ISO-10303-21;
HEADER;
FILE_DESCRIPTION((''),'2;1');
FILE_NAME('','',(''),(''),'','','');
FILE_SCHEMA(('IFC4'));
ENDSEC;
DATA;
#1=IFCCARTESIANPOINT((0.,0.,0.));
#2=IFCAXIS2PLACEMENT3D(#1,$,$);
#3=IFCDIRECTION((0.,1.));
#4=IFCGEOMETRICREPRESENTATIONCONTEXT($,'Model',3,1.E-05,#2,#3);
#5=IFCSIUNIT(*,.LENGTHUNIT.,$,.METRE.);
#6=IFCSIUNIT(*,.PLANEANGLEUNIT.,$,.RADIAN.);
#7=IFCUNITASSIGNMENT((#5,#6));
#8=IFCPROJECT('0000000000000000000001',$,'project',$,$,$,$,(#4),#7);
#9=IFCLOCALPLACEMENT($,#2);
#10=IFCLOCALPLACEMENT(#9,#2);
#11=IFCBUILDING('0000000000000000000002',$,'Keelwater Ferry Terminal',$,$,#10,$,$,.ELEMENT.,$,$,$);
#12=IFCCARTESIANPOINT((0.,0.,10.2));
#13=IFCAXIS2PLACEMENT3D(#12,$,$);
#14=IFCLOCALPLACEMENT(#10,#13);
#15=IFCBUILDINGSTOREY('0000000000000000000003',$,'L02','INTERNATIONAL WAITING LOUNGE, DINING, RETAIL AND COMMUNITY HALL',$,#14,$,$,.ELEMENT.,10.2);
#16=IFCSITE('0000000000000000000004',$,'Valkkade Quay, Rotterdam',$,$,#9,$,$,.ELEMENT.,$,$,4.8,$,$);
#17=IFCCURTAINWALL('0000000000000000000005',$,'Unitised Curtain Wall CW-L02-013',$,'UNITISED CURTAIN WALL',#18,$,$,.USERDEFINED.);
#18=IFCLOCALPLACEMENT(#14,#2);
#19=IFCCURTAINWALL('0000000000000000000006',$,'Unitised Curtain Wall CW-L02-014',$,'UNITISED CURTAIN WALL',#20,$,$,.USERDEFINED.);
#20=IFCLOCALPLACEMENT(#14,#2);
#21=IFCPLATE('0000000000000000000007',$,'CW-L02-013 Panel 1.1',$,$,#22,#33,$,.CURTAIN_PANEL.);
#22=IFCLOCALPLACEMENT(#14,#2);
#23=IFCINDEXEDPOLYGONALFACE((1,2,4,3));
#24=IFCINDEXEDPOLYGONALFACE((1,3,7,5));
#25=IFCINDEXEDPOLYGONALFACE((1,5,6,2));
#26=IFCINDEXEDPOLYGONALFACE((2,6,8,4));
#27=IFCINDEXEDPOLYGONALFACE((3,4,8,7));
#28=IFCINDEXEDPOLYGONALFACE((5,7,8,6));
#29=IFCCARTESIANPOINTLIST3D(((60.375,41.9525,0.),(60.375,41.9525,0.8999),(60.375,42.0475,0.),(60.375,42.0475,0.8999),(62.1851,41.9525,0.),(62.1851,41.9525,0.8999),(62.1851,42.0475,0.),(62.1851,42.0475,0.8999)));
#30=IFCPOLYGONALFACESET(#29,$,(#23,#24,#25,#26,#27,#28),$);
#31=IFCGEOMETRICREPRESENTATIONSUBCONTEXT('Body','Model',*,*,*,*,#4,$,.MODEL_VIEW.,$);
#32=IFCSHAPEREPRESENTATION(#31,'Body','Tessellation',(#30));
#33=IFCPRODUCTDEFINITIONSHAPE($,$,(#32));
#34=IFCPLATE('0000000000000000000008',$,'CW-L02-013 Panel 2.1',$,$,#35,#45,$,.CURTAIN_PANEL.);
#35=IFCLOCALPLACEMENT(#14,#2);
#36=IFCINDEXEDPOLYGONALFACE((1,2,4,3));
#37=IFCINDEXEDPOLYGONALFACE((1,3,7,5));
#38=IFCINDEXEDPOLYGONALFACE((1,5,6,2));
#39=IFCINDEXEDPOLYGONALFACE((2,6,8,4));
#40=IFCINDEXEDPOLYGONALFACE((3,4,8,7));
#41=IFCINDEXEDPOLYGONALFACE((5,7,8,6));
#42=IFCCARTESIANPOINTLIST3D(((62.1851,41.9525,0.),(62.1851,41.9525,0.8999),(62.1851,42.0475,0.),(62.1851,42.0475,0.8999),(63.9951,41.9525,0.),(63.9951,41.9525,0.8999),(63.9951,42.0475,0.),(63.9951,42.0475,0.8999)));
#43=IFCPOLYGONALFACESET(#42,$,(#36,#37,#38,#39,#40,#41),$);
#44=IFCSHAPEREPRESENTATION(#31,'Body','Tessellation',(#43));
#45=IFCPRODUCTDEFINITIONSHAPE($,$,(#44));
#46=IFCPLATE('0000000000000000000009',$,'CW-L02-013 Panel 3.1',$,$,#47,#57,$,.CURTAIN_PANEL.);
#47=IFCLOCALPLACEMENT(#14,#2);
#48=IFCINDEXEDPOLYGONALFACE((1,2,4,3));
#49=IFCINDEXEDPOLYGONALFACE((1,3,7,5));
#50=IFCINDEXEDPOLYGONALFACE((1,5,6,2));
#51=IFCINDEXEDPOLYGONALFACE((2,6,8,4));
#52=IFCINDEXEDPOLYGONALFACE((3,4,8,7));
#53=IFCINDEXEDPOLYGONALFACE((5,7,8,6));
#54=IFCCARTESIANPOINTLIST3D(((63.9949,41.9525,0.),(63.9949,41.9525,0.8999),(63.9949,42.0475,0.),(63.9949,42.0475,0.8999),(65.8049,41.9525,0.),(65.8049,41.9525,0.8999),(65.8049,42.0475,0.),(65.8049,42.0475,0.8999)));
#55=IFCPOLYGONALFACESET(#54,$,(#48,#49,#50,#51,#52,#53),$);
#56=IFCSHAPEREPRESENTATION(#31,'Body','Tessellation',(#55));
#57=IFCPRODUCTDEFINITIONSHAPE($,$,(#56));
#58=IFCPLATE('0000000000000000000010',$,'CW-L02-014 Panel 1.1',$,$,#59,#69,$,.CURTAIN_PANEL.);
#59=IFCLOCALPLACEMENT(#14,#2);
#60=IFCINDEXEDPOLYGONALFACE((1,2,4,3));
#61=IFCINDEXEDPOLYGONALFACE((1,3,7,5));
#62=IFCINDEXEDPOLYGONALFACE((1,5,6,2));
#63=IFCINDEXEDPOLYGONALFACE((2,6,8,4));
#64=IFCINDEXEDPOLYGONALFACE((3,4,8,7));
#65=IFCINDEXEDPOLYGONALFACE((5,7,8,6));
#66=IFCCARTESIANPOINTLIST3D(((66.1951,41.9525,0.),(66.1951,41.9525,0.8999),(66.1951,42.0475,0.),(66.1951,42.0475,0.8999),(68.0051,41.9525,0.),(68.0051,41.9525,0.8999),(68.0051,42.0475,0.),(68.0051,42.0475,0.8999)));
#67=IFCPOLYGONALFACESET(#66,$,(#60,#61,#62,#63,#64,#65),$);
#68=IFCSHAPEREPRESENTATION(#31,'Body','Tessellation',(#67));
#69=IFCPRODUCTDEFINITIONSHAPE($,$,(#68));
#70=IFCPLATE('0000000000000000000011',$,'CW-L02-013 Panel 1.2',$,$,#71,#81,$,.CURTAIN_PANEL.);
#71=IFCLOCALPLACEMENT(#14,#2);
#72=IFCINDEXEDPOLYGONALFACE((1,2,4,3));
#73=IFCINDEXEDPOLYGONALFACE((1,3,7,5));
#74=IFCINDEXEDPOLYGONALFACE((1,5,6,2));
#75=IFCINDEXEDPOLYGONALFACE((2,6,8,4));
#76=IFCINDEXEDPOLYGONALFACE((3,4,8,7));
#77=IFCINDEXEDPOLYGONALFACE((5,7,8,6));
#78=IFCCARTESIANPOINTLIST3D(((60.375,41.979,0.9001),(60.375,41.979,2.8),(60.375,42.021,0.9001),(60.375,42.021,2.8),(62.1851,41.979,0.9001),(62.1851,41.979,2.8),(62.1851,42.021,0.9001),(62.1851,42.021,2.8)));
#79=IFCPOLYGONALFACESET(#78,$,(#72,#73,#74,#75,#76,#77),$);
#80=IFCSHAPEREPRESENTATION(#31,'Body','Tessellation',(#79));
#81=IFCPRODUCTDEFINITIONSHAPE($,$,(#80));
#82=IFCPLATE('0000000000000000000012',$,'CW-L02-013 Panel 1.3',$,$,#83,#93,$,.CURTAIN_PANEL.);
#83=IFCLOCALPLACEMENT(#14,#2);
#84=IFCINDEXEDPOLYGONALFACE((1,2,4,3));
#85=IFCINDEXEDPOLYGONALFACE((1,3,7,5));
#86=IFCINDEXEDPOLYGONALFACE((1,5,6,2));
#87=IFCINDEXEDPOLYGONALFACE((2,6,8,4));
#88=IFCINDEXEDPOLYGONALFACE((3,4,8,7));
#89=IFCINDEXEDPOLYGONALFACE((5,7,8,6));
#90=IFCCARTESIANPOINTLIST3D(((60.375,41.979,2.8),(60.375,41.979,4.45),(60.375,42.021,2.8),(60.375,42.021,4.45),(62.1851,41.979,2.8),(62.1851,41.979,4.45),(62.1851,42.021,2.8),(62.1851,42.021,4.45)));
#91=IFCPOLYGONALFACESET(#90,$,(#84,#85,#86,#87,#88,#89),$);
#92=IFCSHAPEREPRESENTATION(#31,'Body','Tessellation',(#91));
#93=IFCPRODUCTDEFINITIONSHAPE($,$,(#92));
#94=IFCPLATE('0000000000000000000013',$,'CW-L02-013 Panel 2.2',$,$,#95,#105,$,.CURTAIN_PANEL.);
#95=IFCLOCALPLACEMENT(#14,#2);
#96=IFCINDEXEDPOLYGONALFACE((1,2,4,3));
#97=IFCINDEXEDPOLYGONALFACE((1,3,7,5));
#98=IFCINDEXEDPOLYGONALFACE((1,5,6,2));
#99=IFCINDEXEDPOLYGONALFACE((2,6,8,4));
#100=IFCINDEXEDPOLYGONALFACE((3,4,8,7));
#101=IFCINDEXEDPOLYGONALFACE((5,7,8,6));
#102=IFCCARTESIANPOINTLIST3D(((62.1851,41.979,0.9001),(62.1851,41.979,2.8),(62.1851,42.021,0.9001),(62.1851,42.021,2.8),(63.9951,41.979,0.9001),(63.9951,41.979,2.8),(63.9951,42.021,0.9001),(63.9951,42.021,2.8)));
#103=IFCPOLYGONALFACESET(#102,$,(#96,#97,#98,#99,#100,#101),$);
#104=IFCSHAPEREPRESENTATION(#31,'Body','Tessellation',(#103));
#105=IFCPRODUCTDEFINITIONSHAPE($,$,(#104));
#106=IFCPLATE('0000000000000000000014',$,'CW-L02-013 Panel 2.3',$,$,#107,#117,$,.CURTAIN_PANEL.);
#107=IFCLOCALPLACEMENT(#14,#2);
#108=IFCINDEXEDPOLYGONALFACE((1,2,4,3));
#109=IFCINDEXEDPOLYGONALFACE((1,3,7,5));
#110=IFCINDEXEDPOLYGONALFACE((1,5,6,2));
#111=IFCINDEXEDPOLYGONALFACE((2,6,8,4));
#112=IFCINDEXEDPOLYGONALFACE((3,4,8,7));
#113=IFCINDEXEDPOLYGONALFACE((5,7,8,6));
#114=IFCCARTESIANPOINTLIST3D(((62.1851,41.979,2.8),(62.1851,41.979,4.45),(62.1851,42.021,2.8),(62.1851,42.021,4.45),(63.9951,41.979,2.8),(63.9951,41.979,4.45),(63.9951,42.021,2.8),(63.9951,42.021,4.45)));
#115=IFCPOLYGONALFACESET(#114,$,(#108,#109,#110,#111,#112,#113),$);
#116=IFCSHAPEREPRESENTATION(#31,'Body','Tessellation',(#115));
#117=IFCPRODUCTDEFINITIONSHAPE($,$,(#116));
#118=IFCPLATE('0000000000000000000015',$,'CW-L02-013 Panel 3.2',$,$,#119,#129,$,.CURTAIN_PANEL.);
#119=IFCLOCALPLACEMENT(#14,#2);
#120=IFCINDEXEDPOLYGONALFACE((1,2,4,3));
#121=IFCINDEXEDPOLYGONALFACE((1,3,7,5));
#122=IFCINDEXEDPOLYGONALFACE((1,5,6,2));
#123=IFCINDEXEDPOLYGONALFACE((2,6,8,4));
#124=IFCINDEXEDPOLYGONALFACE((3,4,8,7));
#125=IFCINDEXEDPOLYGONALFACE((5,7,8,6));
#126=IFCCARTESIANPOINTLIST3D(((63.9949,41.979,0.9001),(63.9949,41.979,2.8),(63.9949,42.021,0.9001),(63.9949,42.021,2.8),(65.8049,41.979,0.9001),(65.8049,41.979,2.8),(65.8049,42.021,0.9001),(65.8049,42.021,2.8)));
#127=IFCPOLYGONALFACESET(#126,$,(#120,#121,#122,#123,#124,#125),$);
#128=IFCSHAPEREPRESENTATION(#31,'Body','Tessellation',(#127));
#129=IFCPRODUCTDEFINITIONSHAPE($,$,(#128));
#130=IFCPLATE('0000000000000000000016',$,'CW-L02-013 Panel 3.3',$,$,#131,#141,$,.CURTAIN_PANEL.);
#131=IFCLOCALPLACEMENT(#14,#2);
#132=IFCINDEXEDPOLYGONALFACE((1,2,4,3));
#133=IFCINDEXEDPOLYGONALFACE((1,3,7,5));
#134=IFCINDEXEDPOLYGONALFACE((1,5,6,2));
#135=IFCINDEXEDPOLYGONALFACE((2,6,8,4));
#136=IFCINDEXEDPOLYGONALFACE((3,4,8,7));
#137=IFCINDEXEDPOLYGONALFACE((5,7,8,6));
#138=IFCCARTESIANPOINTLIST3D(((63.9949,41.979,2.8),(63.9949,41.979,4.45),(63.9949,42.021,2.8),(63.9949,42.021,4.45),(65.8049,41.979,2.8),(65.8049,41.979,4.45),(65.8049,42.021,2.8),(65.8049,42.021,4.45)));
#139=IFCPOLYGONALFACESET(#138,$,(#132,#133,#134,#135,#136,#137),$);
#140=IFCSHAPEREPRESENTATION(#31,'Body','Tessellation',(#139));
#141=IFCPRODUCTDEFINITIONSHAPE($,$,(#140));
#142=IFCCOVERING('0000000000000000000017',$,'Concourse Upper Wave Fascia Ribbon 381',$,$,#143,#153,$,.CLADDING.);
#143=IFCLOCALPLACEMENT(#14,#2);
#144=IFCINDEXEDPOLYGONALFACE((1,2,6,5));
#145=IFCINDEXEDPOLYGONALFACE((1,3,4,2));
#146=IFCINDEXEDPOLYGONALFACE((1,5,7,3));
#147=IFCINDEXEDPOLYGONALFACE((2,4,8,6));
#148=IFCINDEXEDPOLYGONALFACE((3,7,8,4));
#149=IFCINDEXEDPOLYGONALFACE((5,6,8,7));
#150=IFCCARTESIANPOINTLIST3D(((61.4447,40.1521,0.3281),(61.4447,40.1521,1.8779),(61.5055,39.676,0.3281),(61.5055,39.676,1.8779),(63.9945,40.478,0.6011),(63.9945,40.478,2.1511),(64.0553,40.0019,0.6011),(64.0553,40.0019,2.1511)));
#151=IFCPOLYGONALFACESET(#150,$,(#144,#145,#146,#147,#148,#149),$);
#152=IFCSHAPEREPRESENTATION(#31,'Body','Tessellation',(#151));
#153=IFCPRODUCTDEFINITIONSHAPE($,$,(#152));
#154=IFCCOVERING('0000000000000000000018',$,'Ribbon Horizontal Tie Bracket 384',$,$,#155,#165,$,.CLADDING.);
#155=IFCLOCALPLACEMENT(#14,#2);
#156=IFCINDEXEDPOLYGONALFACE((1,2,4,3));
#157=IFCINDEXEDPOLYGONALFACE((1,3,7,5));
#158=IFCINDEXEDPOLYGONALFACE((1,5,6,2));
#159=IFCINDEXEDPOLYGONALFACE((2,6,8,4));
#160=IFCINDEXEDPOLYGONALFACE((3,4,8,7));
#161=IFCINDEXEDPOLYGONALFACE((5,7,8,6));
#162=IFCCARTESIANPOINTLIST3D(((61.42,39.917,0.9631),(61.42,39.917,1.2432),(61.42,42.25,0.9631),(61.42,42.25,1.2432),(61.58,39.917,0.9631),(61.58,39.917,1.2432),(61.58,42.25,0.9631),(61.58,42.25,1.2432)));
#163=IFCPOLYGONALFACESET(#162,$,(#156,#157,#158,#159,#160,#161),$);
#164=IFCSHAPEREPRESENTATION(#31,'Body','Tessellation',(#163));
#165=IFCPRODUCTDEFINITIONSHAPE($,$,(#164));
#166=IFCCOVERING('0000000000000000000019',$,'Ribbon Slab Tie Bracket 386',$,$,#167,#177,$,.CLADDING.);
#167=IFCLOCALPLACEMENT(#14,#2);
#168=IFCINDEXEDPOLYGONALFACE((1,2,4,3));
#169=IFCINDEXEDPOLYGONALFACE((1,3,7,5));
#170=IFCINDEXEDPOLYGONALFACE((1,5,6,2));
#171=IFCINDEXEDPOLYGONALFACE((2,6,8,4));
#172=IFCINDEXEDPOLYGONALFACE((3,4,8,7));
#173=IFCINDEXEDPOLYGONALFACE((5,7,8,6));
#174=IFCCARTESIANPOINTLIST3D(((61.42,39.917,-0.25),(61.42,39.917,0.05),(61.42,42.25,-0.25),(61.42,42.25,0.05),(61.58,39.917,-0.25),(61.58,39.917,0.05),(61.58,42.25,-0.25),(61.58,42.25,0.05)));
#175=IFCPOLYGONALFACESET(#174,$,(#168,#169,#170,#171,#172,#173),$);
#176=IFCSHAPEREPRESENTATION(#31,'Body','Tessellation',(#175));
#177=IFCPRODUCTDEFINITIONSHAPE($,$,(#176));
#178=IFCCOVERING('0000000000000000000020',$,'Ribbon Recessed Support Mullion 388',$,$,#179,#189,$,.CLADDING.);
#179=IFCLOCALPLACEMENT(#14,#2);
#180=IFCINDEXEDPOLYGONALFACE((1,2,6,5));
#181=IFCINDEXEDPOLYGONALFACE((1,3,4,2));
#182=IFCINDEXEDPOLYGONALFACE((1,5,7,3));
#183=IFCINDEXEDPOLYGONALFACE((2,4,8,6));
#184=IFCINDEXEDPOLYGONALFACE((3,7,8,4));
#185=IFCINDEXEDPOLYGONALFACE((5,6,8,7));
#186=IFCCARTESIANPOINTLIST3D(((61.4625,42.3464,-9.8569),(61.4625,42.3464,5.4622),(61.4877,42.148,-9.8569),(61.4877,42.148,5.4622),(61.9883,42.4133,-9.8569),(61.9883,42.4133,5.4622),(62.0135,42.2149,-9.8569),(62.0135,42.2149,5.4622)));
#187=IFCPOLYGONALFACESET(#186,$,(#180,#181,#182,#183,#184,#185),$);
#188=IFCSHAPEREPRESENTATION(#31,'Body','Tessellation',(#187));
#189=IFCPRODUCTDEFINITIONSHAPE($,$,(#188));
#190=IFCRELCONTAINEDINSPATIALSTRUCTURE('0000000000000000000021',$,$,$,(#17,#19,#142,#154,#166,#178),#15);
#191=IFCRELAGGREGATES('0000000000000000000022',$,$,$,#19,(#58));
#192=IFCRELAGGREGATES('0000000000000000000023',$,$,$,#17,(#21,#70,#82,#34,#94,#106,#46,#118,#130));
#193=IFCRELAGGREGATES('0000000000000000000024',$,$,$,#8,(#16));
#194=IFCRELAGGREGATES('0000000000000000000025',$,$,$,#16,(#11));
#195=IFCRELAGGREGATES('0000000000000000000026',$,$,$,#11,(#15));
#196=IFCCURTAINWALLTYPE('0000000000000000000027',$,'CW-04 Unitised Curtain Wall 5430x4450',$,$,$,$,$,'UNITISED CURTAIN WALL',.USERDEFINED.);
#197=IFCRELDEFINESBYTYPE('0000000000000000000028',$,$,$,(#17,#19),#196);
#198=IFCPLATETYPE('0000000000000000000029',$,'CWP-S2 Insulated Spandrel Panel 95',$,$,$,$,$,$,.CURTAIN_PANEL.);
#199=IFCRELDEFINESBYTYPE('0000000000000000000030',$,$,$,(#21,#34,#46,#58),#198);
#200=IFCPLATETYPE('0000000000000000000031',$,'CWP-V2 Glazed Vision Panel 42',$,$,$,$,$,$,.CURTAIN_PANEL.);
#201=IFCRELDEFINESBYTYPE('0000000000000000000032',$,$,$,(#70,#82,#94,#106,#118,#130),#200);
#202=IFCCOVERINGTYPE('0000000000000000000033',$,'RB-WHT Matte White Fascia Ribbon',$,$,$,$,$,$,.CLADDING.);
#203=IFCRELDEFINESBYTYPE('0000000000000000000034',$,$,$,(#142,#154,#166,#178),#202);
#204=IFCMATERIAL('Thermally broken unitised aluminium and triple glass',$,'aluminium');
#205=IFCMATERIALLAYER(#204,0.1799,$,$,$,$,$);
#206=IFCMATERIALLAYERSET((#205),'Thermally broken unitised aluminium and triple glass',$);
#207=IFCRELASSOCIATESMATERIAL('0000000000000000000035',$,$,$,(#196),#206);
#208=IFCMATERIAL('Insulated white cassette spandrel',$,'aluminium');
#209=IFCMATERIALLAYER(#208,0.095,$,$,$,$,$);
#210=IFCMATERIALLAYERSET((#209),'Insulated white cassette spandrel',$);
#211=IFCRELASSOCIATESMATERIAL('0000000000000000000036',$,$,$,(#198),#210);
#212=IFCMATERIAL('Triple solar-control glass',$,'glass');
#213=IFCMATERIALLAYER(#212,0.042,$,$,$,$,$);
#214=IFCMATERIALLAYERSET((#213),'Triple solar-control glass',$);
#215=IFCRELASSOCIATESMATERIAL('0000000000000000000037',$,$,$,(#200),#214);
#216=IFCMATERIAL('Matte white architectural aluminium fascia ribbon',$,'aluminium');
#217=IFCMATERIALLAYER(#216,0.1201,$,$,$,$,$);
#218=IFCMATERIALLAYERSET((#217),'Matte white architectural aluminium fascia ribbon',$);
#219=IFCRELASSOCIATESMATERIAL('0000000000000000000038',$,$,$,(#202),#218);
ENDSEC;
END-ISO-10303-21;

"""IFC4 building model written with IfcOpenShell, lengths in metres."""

from ifc_helpers import new_model, si_unit, direction, frame, frame_2d, origin, origin_2d, place, context, subcontext, project, spatial, polyline, rectangle, outline, extrude, material, layer, layer_set, type_object, element, aggregate, save


model = new_model("IFC4")

# Units and contexts
model_context = context("Model", 3, precision=1e-05, world=origin(), true_north=direction((0.0, 1.0)))
body_context = subcontext(model_context, "Body", "Model", "MODEL_VIEW")
ifc_project = project(units=[si_unit("LENGTHUNIT", "METRE"), si_unit("PLANEANGLEUNIT", "RADIAN")], contexts=[model_context])

# Site, building, storey
site_placement = place(None, origin())
site = spatial("IfcSite", under=ifc_project, at=site_placement, Name="Valkkade Quay, Rotterdam", CompositionType="ELEMENT", RefElevation=4.8)
building_placement = place(site_placement, origin())
building = spatial("IfcBuilding", under=site, at=building_placement, Name="Keelwater Ferry Terminal", CompositionType="ELEMENT")
storey_placement = place(building_placement, frame((0.0, 0.0, 10.2)))
storey = spatial("IfcBuildingStorey", under=building, at=storey_placement, Name="L02", Description="INTERNATIONAL WAITING LOUNGE, DINING, RETAIL AND COMMUNITY HALL", CompositionType="ELEMENT", Elevation=10.2)

# Curtain wall
ifc_material_1 = material(Name="Thermally broken unitised aluminium and triple glass", Category="aluminium")
ifc_layer_1 = layer(ifc_material_1, 0.1799)
ifc_layer_set_1 = layer_set([ifc_layer_1], Name="Thermally broken unitised aluminium and triple glass")
curtain_wall_type = type_object("IfcCurtainWallType", Name="CW-04 Unitised Curtain Wall 5430x4450", ElementType="UNITISED CURTAIN WALL", PredefinedType="USERDEFINED", material=ifc_layer_set_1)
curtain_wall_1_placement = place(storey_placement, origin())
curtain_wall_1 = element("IfcCurtainWall", 1, at=curtain_wall_1_placement, inside=storey, type_object=curtain_wall_type, Name="Unitised Curtain Wall CW-L02-013", ObjectType="UNITISED CURTAIN WALL", PredefinedType="USERDEFINED")

# Curtain wall
curtain_wall_2_placement = place(storey_placement, origin())
curtain_wall_2 = element("IfcCurtainWall", 2, at=curtain_wall_2_placement, inside=storey, type_object=curtain_wall_type, Name="Unitised Curtain Wall CW-L02-014", ObjectType="UNITISED CURTAIN WALL", PredefinedType="USERDEFINED")

# Plates
ifc_material_2 = material(Name="Insulated white cassette spandrel", Category="aluminium")
ifc_layer_2 = layer(ifc_material_2, 0.095)
ifc_layer_set_2 = layer_set([ifc_layer_2], Name="Insulated white cassette spandrel")
plate_type_1 = type_object("IfcPlateType", Name="CWP-S2 Insulated Spandrel Panel 95", PredefinedType="CURTAIN_PANEL", material=ifc_layer_set_2)
plate_1_placement = place(storey_placement, frame((61.28, 42.0, 0.0), z_axis=(0.0, 0.0, 1.0), x_axis=(1.0, 0.0, 0.0)))
plate_1 = element("IfcPlate", 3, at=plate_1_placement, type_object=plate_type_1, Name="CW-L02-013 Panel 1.1", PredefinedType="CURTAIN_PANEL", context=body_context, shape_type="SweptSolid", body=[
    extrude(rectangle(XDim=1.8101, YDim=0.095, at=origin_2d()), origin(), (0.0, 0.0, 1.0), 0.8999),
])
plate_2_placement = place(storey_placement, frame((63.0901, 42.0, 0.0), z_axis=(0.0, 0.0, 1.0), x_axis=(1.0, 0.0, 0.0)))
plate_2 = element("IfcPlate", 4, at=plate_2_placement, type_object=plate_type_1, Name="CW-L02-013 Panel 2.1", PredefinedType="CURTAIN_PANEL", context=body_context, shape_type="SweptSolid", body=[
    extrude(rectangle(XDim=1.8101, YDim=0.095, at=origin_2d()), origin(), (0.0, 0.0, 1.0), 0.8999),
])
plate_3_placement = place(storey_placement, frame((64.8999, 42.0, 0.0), z_axis=(0.0, 0.0, 1.0), x_axis=(1.0, 0.0, 0.0)))
plate_3 = element("IfcPlate", 5, at=plate_3_placement, type_object=plate_type_1, Name="CW-L02-013 Panel 3.1", PredefinedType="CURTAIN_PANEL", context=body_context, shape_type="SweptSolid", body=[
    extrude(rectangle(XDim=1.8101, YDim=0.095, at=origin_2d()), origin(), (0.0, 0.0, 1.0), 0.8999),
])
plate_4_placement = place(storey_placement, frame((67.1001, 42.0, 0.0), z_axis=(0.0, 0.0, 1.0), x_axis=(1.0, 0.0, 0.0)))
plate_4 = element("IfcPlate", 6, at=plate_4_placement, type_object=plate_type_1, Name="CW-L02-014 Panel 1.1", PredefinedType="CURTAIN_PANEL", context=body_context, shape_type="SweptSolid", body=[
    extrude(rectangle(XDim=1.8101, YDim=0.095, at=origin_2d()), origin(), (0.0, 0.0, 1.0), 0.8999),
])
aggregate(curtain_wall_2, [plate_4])
ifc_material_3 = material(Name="Triple solar-control glass", Category="glass")
ifc_layer_3 = layer(ifc_material_3, 0.042)
ifc_layer_set_3 = layer_set([ifc_layer_3], Name="Triple solar-control glass")
plate_type_2 = type_object("IfcPlateType", Name="CWP-V2 Glazed Vision Panel 42", PredefinedType="CURTAIN_PANEL", material=ifc_layer_set_3)
plate_5_placement = place(storey_placement, frame((61.28, 42.0, 0.9001), z_axis=(0.0, 0.0, 1.0), x_axis=(1.0, 0.0, 0.0)))
plate_5 = element("IfcPlate", 7, at=plate_5_placement, type_object=plate_type_2, Name="CW-L02-013 Panel 1.2", PredefinedType="CURTAIN_PANEL", context=body_context, shape_type="SweptSolid", body=[
    extrude(rectangle(XDim=1.8101, YDim=0.042, at=origin_2d()), origin(), (0.0, 0.0, 1.0), 1.8999),
])
plate_6_placement = place(storey_placement, frame((61.28, 42.0, 2.8), z_axis=(0.0, 0.0, 1.0), x_axis=(1.0, 0.0, 0.0)))
plate_6 = element("IfcPlate", 8, at=plate_6_placement, type_object=plate_type_2, Name="CW-L02-013 Panel 1.3", PredefinedType="CURTAIN_PANEL", context=body_context, shape_type="SweptSolid", body=[
    extrude(rectangle(XDim=1.8101, YDim=0.042, at=origin_2d()), origin(), (0.0, 0.0, 1.0), 1.6499),
])
plate_7_placement = place(storey_placement, frame((63.0901, 42.0, 0.9001), z_axis=(0.0, 0.0, 1.0), x_axis=(1.0, 0.0, 0.0)))
plate_7 = element("IfcPlate", 9, at=plate_7_placement, type_object=plate_type_2, Name="CW-L02-013 Panel 2.2", PredefinedType="CURTAIN_PANEL", context=body_context, shape_type="SweptSolid", body=[
    extrude(rectangle(XDim=1.8101, YDim=0.042, at=origin_2d()), origin(), (0.0, 0.0, 1.0), 1.8999),
])
plate_8_placement = place(storey_placement, frame((63.0901, 42.0, 2.8), z_axis=(0.0, 0.0, 1.0), x_axis=(1.0, 0.0, 0.0)))
plate_8 = element("IfcPlate", 10, at=plate_8_placement, type_object=plate_type_2, Name="CW-L02-013 Panel 2.3", PredefinedType="CURTAIN_PANEL", context=body_context, shape_type="SweptSolid", body=[
    extrude(rectangle(XDim=1.8101, YDim=0.042, at=origin_2d()), origin(), (0.0, 0.0, 1.0), 1.6499),
])
plate_9_placement = place(storey_placement, frame((64.8999, 42.0, 0.9001), z_axis=(0.0, 0.0, 1.0), x_axis=(1.0, 0.0, 0.0)))
plate_9 = element("IfcPlate", 11, at=plate_9_placement, type_object=plate_type_2, Name="CW-L02-013 Panel 3.2", PredefinedType="CURTAIN_PANEL", context=body_context, shape_type="SweptSolid", body=[
    extrude(rectangle(XDim=1.8101, YDim=0.042, at=origin_2d()), origin(), (0.0, 0.0, 1.0), 1.8999),
])
plate_10_placement = place(storey_placement, frame((64.8999, 42.0, 2.8), z_axis=(0.0, 0.0, 1.0), x_axis=(1.0, 0.0, 0.0)))
plate_10 = element("IfcPlate", 12, at=plate_10_placement, type_object=plate_type_2, Name="CW-L02-013 Panel 3.3", PredefinedType="CURTAIN_PANEL", context=body_context, shape_type="SweptSolid", body=[
    extrude(rectangle(XDim=1.8101, YDim=0.042, at=origin_2d()), origin(), (0.0, 0.0, 1.0), 1.6499),
])
aggregate(curtain_wall_1, [plate_1, plate_5, plate_6, plate_2, plate_7, plate_8, plate_3, plate_9, plate_10])

# Coverings
ifc_material_4 = material(Name="Matte white architectural aluminium fascia ribbon", Category="aluminium")
ifc_layer_4 = layer(ifc_material_4, 0.1201)
ifc_layer_set_4 = layer_set([ifc_layer_4], Name="Matte white architectural aluminium fascia ribbon")
covering_type = type_object("IfcCoveringType", Name="RB-WHT Matte White Fascia Ribbon", PredefinedType="CLADDING", material=ifc_layer_set_4)
covering_1_placement = place(storey_placement, frame((61.4751, 39.9141, 0.3281), z_axis=(0.0, 0.0, 1.0), x_axis=(0.991929, 0.126793, 0.0)))
element("IfcCovering", 13, at=covering_1_placement, inside=storey, type_object=covering_type, Name="Concourse Upper Wave Fascia Ribbon 381", PredefinedType="CLADDING", context=body_context, shape_type="SweptSolid", body=[
    extrude(outline(polyline([(0.0, 0.0), (2.5706, 0.2729), (2.5706, 1.823), (0.0, 1.5498), (0.0, 0.0)])), frame((0.0, 0.24, 0.0), z_axis=(0.0, -1.0, 0.0), x_axis=(1.0, 0.0, 0.0)), (0.0, 0.0, 1.0), 0.48),
])
covering_2_placement = place(storey_placement, frame((61.5, 39.917, 0.9631), z_axis=(0.0, 0.0, 1.0), x_axis=(0.0, 1.0, 0.0)))
element("IfcCovering", 14, at=covering_2_placement, inside=storey, type_object=covering_type, Name="Ribbon Horizontal Tie Bracket 384", PredefinedType="CLADDING", context=body_context, shape_type="SweptSolid", body=[
    extrude(rectangle(XDim=2.333, YDim=0.1599, at=frame_2d((1.1665, 0.0))), origin(), (0.0, 0.0, 1.0), 0.28),
])
covering_3_placement = place(storey_placement, frame((61.5, 39.917, -0.25), z_axis=(0.0, 0.0, 1.0), x_axis=(0.0, 1.0, 0.0)))
element("IfcCovering", 15, at=covering_3_placement, inside=storey, type_object=covering_type, Name="Ribbon Slab Tie Bracket 386", PredefinedType="CLADDING", context=body_context, shape_type="SweptSolid", body=[
    extrude(rectangle(XDim=2.333, YDim=0.1599, at=frame_2d((1.1665, 0.0))), origin(), (0.0, 0.0, 1.0), 0.3),
])
covering_4_placement = place(storey_placement, frame((61.4751, 42.2471, -9.8569), z_axis=(0.0, 0.0, 1.0), x_axis=(0.992006, 0.126188, 0.0)))
element("IfcCovering", 16, at=covering_4_placement, inside=storey, type_object=covering_type, Name="Ribbon Recessed Support Mullion 388", PredefinedType="CLADDING", context=body_context, shape_type="SweptSolid", body=[
    extrude(outline(polyline([(0.0, 0.0), (0.53, 0.0), (0.53, 15.3191), (0.0, 15.3191), (0.0, 0.0)])), frame((0.0, 0.1001, 0.0), z_axis=(0.0, -1.0, 0.0), x_axis=(1.0, 0.0, 0.0)), (0.0, 0.0, 1.0), 0.2),
])

save(model, "model.ifc")
